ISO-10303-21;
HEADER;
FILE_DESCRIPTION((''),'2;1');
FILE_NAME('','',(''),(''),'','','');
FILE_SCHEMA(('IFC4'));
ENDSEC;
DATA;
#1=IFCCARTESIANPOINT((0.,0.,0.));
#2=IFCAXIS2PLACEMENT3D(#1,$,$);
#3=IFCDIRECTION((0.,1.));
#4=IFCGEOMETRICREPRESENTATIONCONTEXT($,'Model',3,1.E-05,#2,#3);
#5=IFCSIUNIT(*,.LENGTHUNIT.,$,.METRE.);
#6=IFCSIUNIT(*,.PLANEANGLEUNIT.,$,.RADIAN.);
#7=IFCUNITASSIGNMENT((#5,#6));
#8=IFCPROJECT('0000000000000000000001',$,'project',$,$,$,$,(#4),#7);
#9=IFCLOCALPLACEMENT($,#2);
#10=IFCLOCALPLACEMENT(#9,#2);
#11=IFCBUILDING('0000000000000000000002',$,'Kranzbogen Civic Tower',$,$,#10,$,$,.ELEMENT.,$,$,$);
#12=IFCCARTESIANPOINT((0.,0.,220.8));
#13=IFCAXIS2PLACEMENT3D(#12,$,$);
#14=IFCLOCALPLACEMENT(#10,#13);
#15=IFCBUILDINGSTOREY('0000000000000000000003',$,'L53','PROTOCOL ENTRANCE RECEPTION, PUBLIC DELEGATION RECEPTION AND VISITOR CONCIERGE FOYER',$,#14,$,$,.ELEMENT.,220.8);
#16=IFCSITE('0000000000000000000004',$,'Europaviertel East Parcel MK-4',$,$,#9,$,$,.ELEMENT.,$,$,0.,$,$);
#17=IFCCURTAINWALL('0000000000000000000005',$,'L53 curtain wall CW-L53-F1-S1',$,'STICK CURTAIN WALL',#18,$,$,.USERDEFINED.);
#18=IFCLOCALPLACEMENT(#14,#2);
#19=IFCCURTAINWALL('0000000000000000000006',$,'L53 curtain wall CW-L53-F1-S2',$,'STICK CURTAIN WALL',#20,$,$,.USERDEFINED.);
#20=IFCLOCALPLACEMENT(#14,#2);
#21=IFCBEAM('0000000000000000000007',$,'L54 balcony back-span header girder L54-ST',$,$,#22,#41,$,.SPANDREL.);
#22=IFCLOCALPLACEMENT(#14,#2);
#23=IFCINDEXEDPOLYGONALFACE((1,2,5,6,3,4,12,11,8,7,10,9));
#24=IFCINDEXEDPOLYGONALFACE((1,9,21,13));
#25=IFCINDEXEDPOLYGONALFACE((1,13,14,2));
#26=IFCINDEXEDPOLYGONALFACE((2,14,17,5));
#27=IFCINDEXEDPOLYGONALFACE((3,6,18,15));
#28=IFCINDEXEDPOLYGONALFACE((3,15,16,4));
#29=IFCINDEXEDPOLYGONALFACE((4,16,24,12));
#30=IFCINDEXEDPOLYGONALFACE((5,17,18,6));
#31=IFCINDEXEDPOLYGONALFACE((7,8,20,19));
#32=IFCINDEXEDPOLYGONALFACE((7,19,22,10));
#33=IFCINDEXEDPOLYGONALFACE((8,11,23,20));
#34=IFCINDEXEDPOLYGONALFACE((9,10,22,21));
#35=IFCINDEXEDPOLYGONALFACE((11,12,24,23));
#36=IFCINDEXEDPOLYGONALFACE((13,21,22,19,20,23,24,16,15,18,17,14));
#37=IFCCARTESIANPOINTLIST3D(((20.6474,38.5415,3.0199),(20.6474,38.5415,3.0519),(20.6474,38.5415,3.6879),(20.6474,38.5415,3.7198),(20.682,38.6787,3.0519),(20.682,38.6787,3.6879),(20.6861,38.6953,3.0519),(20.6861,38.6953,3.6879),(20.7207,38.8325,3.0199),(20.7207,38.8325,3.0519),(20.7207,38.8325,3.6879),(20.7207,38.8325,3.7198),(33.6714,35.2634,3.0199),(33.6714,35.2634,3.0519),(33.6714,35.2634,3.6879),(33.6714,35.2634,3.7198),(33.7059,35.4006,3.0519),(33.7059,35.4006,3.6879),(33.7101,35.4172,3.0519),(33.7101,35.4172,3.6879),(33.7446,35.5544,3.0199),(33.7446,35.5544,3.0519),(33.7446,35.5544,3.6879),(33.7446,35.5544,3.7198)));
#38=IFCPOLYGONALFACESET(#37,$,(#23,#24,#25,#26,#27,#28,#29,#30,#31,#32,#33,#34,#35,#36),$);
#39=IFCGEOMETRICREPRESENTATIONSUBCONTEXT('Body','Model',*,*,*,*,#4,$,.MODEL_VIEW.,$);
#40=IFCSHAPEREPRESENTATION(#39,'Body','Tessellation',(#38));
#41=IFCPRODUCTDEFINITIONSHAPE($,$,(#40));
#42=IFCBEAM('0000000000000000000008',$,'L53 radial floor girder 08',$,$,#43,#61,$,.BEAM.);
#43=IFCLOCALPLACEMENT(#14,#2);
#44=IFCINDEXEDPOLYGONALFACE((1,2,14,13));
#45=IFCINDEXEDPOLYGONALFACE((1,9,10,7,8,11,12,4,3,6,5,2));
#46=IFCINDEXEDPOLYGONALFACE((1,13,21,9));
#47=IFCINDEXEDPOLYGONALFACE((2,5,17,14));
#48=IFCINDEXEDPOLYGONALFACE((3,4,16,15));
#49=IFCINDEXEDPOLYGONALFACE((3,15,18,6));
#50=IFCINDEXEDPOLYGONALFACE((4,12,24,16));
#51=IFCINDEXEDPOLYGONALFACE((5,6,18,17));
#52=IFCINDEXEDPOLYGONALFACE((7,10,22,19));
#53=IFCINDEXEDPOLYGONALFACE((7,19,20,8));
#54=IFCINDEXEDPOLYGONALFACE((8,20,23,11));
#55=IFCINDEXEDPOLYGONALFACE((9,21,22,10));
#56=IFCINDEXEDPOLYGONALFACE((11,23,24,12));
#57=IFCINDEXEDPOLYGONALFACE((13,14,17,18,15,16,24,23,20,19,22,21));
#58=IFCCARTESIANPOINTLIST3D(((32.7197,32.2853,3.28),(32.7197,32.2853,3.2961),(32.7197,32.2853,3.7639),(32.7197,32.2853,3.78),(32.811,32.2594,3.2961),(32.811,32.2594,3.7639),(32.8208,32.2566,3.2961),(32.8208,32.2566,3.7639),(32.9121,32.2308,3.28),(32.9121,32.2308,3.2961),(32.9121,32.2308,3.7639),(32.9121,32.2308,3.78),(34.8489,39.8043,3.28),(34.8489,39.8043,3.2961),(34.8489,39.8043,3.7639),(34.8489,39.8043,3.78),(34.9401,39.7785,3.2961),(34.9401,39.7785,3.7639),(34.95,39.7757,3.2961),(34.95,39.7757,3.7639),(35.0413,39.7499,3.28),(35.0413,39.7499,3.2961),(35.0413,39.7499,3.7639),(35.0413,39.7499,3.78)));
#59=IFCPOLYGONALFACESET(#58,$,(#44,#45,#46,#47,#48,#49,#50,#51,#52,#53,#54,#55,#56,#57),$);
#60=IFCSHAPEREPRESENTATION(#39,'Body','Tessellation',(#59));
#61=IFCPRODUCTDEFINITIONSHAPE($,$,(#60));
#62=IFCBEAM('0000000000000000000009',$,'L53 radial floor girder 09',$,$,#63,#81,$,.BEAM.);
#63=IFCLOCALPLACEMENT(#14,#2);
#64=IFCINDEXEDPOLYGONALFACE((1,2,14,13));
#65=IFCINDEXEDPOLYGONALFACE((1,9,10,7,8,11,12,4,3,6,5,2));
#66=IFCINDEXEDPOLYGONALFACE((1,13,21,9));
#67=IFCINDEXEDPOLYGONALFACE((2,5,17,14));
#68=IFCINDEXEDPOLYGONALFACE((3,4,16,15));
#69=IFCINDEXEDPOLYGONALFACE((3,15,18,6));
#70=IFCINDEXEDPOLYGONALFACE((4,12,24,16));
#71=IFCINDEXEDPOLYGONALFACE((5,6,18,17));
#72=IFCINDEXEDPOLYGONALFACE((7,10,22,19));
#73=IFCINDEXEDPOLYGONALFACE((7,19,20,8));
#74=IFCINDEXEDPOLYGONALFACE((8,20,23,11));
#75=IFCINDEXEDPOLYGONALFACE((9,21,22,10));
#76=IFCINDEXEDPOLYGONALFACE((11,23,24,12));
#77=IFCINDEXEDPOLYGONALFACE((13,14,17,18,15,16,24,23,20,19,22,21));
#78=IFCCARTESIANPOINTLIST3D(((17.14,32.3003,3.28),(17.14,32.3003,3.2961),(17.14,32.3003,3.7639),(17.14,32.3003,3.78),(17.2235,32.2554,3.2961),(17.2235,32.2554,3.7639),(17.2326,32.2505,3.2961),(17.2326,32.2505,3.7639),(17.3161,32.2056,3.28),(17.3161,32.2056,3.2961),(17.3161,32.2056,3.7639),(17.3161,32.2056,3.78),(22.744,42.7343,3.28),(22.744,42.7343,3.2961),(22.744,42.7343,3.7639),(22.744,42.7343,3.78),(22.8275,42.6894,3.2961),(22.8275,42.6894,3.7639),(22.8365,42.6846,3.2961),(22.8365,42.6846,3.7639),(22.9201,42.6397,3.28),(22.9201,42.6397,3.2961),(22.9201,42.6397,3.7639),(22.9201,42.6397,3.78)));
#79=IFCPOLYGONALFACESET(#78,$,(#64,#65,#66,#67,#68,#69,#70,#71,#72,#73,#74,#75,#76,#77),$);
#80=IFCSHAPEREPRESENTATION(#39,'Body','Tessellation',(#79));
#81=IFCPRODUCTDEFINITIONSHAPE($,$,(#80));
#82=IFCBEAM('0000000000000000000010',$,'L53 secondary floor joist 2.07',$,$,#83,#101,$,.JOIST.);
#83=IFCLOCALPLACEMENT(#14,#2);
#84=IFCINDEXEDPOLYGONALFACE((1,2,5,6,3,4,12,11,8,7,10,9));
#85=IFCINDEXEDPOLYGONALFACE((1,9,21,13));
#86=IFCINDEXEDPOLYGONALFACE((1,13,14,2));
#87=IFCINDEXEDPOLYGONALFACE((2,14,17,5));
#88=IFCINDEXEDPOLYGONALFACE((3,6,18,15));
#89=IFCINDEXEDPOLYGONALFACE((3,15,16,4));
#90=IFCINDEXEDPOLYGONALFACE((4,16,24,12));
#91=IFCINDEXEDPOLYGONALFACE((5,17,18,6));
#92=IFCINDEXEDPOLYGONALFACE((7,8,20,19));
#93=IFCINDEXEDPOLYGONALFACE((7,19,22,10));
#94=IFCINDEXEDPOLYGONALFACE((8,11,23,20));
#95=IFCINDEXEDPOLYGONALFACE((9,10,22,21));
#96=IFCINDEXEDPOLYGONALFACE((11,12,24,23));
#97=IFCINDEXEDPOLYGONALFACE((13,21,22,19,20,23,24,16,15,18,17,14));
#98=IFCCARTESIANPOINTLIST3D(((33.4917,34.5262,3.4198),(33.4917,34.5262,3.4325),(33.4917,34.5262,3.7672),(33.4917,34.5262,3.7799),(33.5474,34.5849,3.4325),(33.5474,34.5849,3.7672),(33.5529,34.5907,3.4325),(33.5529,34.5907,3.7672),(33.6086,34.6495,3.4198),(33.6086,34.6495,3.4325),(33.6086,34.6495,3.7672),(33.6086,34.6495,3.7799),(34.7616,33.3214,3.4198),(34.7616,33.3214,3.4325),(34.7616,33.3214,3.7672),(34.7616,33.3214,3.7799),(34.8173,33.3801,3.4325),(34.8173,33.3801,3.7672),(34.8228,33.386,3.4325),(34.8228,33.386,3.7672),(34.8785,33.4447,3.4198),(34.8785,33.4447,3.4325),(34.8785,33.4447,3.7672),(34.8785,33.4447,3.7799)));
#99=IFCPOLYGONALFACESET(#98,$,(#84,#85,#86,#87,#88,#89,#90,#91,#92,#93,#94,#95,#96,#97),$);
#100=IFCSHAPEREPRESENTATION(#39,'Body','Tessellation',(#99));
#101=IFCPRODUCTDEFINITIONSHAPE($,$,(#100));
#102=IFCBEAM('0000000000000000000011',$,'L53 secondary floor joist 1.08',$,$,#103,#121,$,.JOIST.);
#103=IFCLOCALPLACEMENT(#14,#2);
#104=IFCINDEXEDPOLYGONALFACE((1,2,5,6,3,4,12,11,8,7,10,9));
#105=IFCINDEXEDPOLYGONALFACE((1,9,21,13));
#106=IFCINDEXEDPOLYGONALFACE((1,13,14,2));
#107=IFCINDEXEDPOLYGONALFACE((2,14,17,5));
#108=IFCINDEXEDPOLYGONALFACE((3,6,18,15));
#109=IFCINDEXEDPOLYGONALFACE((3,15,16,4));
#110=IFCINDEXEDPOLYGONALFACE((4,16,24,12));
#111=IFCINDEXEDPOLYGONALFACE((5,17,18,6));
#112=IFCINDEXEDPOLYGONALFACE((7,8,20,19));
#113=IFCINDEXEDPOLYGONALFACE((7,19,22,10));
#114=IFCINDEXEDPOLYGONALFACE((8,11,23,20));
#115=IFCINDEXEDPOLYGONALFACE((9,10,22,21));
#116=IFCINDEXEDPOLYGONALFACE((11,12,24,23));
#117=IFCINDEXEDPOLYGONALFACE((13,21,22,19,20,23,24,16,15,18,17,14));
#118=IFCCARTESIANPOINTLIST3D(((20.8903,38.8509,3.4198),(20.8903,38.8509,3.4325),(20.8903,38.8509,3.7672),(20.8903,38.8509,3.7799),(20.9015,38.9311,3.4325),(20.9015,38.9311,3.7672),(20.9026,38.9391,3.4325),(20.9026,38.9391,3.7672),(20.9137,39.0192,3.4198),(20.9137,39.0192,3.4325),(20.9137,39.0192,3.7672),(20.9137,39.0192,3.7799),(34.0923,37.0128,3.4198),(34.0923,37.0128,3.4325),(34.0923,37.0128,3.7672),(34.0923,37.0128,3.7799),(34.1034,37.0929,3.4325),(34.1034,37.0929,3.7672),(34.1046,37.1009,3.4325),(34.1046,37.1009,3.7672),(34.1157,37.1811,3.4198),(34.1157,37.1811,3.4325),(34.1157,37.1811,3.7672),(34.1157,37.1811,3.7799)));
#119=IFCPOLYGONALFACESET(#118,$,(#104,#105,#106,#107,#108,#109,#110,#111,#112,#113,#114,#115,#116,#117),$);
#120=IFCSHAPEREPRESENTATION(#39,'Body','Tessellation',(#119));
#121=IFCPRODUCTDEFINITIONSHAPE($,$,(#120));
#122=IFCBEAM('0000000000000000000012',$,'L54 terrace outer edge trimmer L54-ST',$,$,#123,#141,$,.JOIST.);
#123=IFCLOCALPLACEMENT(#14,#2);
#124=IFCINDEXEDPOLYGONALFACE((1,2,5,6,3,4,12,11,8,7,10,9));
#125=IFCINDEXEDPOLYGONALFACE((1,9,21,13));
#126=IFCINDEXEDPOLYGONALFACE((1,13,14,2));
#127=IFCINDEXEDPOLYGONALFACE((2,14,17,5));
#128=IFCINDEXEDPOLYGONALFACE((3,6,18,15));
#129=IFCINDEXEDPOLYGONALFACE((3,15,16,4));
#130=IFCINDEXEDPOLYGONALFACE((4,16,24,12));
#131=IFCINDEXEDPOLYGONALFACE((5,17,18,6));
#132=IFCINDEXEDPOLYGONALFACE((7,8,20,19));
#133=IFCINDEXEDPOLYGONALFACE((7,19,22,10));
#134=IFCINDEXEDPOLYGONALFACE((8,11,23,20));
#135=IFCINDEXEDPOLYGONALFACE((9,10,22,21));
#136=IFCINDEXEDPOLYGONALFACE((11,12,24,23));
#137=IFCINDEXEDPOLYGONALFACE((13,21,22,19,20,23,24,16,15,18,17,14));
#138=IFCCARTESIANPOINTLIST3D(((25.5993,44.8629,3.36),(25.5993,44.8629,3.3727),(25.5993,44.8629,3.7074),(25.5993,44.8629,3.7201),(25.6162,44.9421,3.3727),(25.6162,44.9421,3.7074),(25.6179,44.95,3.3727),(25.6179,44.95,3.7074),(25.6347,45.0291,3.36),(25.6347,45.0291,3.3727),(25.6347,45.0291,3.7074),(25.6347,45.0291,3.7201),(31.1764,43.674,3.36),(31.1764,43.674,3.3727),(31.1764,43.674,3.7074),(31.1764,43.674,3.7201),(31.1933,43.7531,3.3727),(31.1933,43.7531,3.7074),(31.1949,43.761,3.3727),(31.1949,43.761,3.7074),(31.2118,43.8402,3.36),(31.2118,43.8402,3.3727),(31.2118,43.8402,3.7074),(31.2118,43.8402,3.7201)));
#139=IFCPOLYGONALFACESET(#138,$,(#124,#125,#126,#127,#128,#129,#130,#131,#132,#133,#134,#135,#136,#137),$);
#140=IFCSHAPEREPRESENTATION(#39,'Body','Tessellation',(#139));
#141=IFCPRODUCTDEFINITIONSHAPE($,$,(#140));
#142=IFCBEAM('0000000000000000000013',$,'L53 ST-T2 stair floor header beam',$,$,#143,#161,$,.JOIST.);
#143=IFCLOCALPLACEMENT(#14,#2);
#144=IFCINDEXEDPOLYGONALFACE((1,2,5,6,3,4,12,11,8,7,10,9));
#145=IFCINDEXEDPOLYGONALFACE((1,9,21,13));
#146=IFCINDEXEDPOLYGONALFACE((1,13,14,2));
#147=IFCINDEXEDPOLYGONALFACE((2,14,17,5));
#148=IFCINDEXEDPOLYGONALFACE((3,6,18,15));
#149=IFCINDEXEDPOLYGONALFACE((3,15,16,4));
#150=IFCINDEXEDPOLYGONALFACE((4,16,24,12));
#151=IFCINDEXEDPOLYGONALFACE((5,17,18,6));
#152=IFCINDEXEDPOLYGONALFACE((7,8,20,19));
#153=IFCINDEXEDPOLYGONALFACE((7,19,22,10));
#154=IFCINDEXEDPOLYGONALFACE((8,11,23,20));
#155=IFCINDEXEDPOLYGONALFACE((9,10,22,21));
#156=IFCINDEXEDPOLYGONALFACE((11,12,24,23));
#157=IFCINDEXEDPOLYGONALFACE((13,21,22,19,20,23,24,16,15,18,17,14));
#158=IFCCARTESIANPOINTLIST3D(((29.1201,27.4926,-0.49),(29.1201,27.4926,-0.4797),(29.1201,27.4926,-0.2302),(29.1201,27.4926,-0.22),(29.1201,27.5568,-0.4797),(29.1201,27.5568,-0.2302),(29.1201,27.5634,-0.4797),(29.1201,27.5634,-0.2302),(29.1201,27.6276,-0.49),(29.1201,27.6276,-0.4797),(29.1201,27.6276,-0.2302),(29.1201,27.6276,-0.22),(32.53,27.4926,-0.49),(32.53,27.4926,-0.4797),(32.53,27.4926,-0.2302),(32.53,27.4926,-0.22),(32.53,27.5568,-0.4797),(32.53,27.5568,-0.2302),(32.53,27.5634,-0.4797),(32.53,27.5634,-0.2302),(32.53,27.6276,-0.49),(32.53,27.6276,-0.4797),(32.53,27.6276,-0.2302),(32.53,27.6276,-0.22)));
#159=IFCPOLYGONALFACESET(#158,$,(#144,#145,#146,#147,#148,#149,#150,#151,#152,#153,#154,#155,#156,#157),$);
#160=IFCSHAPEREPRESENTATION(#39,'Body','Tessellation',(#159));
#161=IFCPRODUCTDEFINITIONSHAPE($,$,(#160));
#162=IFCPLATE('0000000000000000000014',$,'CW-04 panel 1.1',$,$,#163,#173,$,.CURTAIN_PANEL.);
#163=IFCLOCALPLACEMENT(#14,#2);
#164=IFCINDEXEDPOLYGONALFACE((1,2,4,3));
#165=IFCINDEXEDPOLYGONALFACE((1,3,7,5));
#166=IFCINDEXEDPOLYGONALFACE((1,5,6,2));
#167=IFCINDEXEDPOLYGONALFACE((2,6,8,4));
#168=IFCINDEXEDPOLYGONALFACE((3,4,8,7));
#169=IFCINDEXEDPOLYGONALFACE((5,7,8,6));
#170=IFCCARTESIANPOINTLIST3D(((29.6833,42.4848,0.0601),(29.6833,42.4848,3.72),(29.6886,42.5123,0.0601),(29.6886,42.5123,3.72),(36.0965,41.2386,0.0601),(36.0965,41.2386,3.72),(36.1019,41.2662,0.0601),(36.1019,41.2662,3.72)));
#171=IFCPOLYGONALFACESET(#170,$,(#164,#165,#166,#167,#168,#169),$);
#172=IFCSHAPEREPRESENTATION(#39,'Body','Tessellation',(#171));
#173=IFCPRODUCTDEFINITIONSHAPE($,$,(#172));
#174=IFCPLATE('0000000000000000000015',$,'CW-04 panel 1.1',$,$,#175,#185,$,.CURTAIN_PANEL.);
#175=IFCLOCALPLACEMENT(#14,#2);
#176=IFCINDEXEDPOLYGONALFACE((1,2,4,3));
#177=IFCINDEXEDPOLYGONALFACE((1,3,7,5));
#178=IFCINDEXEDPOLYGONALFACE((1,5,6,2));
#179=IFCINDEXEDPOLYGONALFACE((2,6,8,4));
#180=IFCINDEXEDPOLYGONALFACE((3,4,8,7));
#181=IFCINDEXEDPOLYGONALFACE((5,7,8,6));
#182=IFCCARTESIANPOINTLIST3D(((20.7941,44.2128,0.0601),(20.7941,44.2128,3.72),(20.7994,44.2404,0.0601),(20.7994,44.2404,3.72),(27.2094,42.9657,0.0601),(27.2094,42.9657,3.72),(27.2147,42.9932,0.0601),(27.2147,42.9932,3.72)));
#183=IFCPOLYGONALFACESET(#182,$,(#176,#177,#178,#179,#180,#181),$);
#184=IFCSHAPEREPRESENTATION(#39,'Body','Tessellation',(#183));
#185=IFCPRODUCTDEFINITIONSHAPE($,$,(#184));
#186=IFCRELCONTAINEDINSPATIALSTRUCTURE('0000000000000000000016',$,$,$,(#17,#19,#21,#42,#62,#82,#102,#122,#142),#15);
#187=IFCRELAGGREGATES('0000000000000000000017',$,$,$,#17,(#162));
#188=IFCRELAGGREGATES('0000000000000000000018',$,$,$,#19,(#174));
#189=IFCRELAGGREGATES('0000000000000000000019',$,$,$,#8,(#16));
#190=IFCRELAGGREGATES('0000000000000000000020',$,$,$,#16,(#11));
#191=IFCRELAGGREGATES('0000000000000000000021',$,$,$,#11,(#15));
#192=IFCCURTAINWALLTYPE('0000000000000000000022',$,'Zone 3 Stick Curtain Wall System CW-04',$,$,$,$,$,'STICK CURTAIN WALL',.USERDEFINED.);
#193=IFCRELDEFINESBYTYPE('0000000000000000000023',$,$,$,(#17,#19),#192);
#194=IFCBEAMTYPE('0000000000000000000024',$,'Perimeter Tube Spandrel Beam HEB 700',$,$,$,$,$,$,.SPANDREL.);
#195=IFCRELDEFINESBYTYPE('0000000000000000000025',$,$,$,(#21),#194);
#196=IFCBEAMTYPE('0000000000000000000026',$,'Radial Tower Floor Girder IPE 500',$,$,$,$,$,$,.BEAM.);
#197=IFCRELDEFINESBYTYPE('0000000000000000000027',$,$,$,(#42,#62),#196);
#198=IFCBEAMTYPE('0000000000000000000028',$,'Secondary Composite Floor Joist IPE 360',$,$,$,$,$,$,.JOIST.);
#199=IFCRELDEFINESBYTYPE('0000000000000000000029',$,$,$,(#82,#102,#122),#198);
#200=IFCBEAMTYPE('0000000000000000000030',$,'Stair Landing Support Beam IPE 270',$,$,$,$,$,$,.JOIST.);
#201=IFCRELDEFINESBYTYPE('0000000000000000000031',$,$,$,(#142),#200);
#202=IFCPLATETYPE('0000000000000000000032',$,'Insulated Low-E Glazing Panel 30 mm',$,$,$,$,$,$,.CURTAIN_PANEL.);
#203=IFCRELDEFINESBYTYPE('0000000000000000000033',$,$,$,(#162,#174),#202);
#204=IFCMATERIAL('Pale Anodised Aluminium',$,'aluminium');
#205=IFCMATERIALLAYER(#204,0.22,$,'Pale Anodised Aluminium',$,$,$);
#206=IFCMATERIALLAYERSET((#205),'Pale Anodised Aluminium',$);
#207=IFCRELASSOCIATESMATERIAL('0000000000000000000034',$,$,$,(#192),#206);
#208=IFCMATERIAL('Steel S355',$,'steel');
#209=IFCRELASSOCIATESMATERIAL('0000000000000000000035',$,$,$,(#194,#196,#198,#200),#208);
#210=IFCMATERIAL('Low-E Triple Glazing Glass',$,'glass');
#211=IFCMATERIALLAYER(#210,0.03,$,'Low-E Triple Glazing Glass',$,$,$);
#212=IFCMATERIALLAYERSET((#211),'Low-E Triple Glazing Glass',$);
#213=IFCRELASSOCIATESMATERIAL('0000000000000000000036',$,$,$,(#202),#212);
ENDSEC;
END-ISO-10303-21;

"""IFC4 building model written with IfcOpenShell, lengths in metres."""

from ifc_helpers import new_model, si_unit, direction, frame, origin, origin_2d, place, context, subcontext, project, spatial, rectangle, i_section, extrude, material, layer, layer_set, material_profile, profile_set, type_object, element, aggregate, save


model = new_model("IFC4")

# Units and contexts
model_context = context("Model", 3, precision=1e-05, world=origin(), true_north=direction((0.0, 1.0)))
body_context = subcontext(model_context, "Body", "Model", "MODEL_VIEW")
ifc_project = project(units=[si_unit("LENGTHUNIT", "METRE"), si_unit("PLANEANGLEUNIT", "RADIAN")], contexts=[model_context])

# Site, building, storey
site_placement = place(None, origin())
site = spatial("IfcSite", under=ifc_project, at=site_placement, Name="Europaviertel East Parcel MK-4", CompositionType="ELEMENT", RefElevation=0.0)
building_placement = place(site_placement, origin())
building = spatial("IfcBuilding", under=site, at=building_placement, Name="Kranzbogen Civic Tower", CompositionType="ELEMENT")
storey_placement = place(building_placement, frame((0.0, 0.0, 220.8)))
storey = spatial("IfcBuildingStorey", under=building, at=storey_placement, Name="L53", Description="PROTOCOL ENTRANCE RECEPTION, PUBLIC DELEGATION RECEPTION AND VISITOR CONCIERGE FOYER", CompositionType="ELEMENT", Elevation=220.8)

# Shared definitions
ifc_material_1 = material(Name="Steel S355", Category="steel")

# Curtain wall
ifc_material_2 = material(Name="Pale Anodised Aluminium", Category="aluminium")
ifc_layer_1 = layer(ifc_material_2, 0.22, Name="Pale Anodised Aluminium")
ifc_layer_set_1 = layer_set([ifc_layer_1], Name="Pale Anodised Aluminium")
curtain_wall_type = type_object("IfcCurtainWallType", Name="Zone 3 Stick Curtain Wall System CW-04", ElementType="STICK CURTAIN WALL", PredefinedType="USERDEFINED", material=ifc_layer_set_1)
curtain_wall_1_placement = place(storey_placement, origin())
curtain_wall_1 = element("IfcCurtainWall", 1, at=curtain_wall_1_placement, inside=storey, type_object=curtain_wall_type, Name="L53 curtain wall CW-L53-F1-S1", ObjectType="STICK CURTAIN WALL", PredefinedType="USERDEFINED")

# Curtain wall
curtain_wall_2_placement = place(storey_placement, origin())
curtain_wall_2 = element("IfcCurtainWall", 2, at=curtain_wall_2_placement, inside=storey, type_object=curtain_wall_type, Name="L53 curtain wall CW-L53-F1-S2", ObjectType="STICK CURTAIN WALL", PredefinedType="USERDEFINED")

# Beams
ifc_material_profile_1 = material_profile(ifc_material_1, i_section(OverallWidth=0.3, OverallDepth=0.7, WebThickness=0.0171, FlangeThickness=0.032, at=origin_2d()), Name="HEB 700")
ifc_profile_set_1 = profile_set([ifc_material_profile_1], Name="Steel S355")
beam_type_1 = type_object("IfcBeamType", Name="Perimeter Tube Spandrel Beam HEB 700", PredefinedType="SPANDREL", material=ifc_profile_set_1)
beam_1_placement = place(storey_placement, frame((33.708, 35.4089, 3.3699), z_axis=(-0.969754, 0.244084, 0.0), x_axis=(-0.244084, -0.969754, 0.0)))
element("IfcBeam", 3, at=beam_1_placement, inside=storey, type_object=beam_type_1, Name="L54 balcony back-span header girder L54-ST", PredefinedType="SPANDREL", context=body_context, shape_type="SweptSolid", body=[
    extrude(i_section(OverallWidth=0.3, OverallDepth=0.7, WebThickness=0.0171, FlangeThickness=0.032, at=origin_2d()), origin(), (0.0, 0.0, 1.0), 13.4302),
])
ifc_material_profile_2 = material_profile(ifc_material_1, i_section(OverallWidth=0.2, OverallDepth=0.5, WebThickness=0.0103, FlangeThickness=0.0161, at=origin_2d()), Name="IPE 500")
ifc_profile_set_2 = profile_set([ifc_material_profile_2], Name="Steel S355")
beam_type_2 = type_object("IfcBeamType", Name="Radial Tower Floor Girder IPE 500", PredefinedType="BEAM", material=ifc_profile_set_2)
beam_2_placement = place(storey_placement, frame((34.9451, 39.7771, 3.53), z_axis=(-0.272455, -0.962169, 0.0), x_axis=(0.962169, -0.272455, 0.0)))
element("IfcBeam", 4, at=beam_2_placement, inside=storey, type_object=beam_type_2, Name="L53 radial floor girder 08", PredefinedType="BEAM", context=body_context, shape_type="SweptSolid", body=[
    extrude(i_section(OverallWidth=0.2, OverallDepth=0.5, WebThickness=0.0103, FlangeThickness=0.0161, at=origin_2d()), origin(), (0.0, 0.0, 1.0), 7.8147),
])
beam_3_placement = place(storey_placement, frame((22.832, 42.687, 3.53), z_axis=(-0.47316, -0.880976, 0.0), x_axis=(0.880976, -0.47316, 0.0)))
element("IfcBeam", 5, at=beam_3_placement, inside=storey, type_object=beam_type_2, Name="L53 radial floor girder 09", PredefinedType="BEAM", context=body_context, shape_type="SweptSolid", body=[
    extrude(i_section(OverallWidth=0.2, OverallDepth=0.5, WebThickness=0.0103, FlangeThickness=0.0161, at=origin_2d()), origin(), (0.0, 0.0, 1.0), 11.8438),
])
ifc_material_profile_3 = material_profile(ifc_material_1, i_section(OverallWidth=0.1699, OverallDepth=0.3601, WebThickness=0.0081, FlangeThickness=0.0127, at=origin_2d()), Name="IPE 360")
ifc_profile_set_3 = profile_set([ifc_material_profile_3], Name="Steel S355")
beam_type_3 = type_object("IfcBeamType", Name="Secondary Composite Floor Joist IPE 360", PredefinedType="JOIST", material=ifc_profile_set_3)
beam_4_placement = place(storey_placement, frame((34.8201, 33.3831, 3.5999), z_axis=(-0.72548, 0.688243, 0.0), x_axis=(-0.688243, -0.72548, 0.0)))
element("IfcBeam", 6, at=beam_4_placement, inside=storey, type_object=beam_type_3, Name="L53 secondary floor joist 2.07", PredefinedType="JOIST", context=body_context, shape_type="SweptSolid", body=[
    extrude(i_section(OverallWidth=0.1699, OverallDepth=0.3601, WebThickness=0.0081, FlangeThickness=0.0127, at=origin_2d()), origin(), (0.0, 0.0, 1.0), 1.7505),
])
beam_5_placement = place(storey_placement, frame((34.104, 37.0969, 3.5999), z_axis=(-0.990446, 0.137902, 0.0), x_axis=(-0.137902, -0.990446, 0.0)))
element("IfcBeam", 7, at=beam_5_placement, inside=storey, type_object=beam_type_3, Name="L53 secondary floor joist 1.08", PredefinedType="JOIST", context=body_context, shape_type="SweptSolid", body=[
    extrude(i_section(OverallWidth=0.1699, OverallDepth=0.3601, WebThickness=0.0081, FlangeThickness=0.0127, at=origin_2d()), origin(), (0.0, 0.0, 1.0), 13.3293),
])
beam_6_placement = place(storey_placement, frame((31.1941, 43.7571, 3.54), z_axis=(-0.978022, 0.2085, 0.0), x_axis=(-0.2085, -0.978022, 0.0)))
element("IfcBeam", 8, at=beam_6_placement, inside=storey, type_object=beam_type_3, Name="L54 terrace outer edge trimmer L54-ST", PredefinedType="JOIST", context=body_context, shape_type="SweptSolid", body=[
    extrude(i_section(OverallWidth=0.1699, OverallDepth=0.3601, WebThickness=0.0081, FlangeThickness=0.0127, at=origin_2d()), origin(), (0.0, 0.0, 1.0), 5.7024),
])
ifc_material_profile_4 = material_profile(ifc_material_1, i_section(OverallWidth=0.135, OverallDepth=0.27, WebThickness=0.0066, FlangeThickness=0.0103, at=origin_2d()), Name="IPE 270")
ifc_profile_set_4 = profile_set([ifc_material_profile_4], Name="Steel S355")
beam_type_4 = type_object("IfcBeamType", Name="Stair Landing Support Beam IPE 270", PredefinedType="JOIST", material=ifc_profile_set_4)
beam_7_placement = place(storey_placement, frame((29.1201, 27.5601, -0.355), z_axis=(1.0, 0.0, 0.0), x_axis=(0.0, 1.0, 0.0)))
element("IfcBeam", 9, at=beam_7_placement, inside=storey, type_object=beam_type_4, Name="L53 ST-T2 stair floor header beam", PredefinedType="JOIST", context=body_context, shape_type="SweptSolid", body=[
    extrude(i_section(OverallWidth=0.135, OverallDepth=0.27, WebThickness=0.0066, FlangeThickness=0.0103, at=origin_2d()), origin(), (0.0, 0.0, 1.0), 3.4099),
])

# Plates
ifc_material_3 = material(Name="Low-E Triple Glazing Glass", Category="glass")
ifc_layer_2 = layer(ifc_material_3, 0.03, Name="Low-E Triple Glazing Glass")
ifc_layer_set_2 = layer_set([ifc_layer_2], Name="Low-E Triple Glazing Glass")
plate_type = type_object("IfcPlateType", Name="Insulated Low-E Glazing Panel 30 mm", PredefinedType="CURTAIN_PANEL", material=ifc_layer_set_2)
plate_1_placement = place(storey_placement, frame((32.8926, 41.8755, 0.0601), z_axis=(0.0, 0.0, 1.0), x_axis=(-0.981641, 0.190737, 0.0)))
plate_1 = element("IfcPlate", 10, at=plate_1_placement, type_object=plate_type, Name="CW-04 panel 1.1", PredefinedType="CURTAIN_PANEL", context=body_context, shape_type="SweptSolid", body=[
    extrude(rectangle(XDim=6.5332, YDim=0.0281, at=origin_2d()), origin(), (0.0, 0.0, 1.0), 3.6599),
])
aggregate(curtain_wall_1, [plate_1])
plate_2_placement = place(storey_placement, frame((24.0044, 43.603, 0.0601), z_axis=(0.0, 0.0, 1.0), x_axis=(-0.981624, 0.190825, 0.0)))
plate_2 = element("IfcPlate", 11, at=plate_2_placement, type_object=plate_type, Name="CW-04 panel 1.1", PredefinedType="CURTAIN_PANEL", context=body_context, shape_type="SweptSolid", body=[
    extrude(rectangle(XDim=6.5354, YDim=0.0281, at=origin_2d()), origin(), (0.0, 0.0, 1.0), 3.6599),
])
aggregate(curtain_wall_2, [plate_2])

save(model, "model.ifc")
